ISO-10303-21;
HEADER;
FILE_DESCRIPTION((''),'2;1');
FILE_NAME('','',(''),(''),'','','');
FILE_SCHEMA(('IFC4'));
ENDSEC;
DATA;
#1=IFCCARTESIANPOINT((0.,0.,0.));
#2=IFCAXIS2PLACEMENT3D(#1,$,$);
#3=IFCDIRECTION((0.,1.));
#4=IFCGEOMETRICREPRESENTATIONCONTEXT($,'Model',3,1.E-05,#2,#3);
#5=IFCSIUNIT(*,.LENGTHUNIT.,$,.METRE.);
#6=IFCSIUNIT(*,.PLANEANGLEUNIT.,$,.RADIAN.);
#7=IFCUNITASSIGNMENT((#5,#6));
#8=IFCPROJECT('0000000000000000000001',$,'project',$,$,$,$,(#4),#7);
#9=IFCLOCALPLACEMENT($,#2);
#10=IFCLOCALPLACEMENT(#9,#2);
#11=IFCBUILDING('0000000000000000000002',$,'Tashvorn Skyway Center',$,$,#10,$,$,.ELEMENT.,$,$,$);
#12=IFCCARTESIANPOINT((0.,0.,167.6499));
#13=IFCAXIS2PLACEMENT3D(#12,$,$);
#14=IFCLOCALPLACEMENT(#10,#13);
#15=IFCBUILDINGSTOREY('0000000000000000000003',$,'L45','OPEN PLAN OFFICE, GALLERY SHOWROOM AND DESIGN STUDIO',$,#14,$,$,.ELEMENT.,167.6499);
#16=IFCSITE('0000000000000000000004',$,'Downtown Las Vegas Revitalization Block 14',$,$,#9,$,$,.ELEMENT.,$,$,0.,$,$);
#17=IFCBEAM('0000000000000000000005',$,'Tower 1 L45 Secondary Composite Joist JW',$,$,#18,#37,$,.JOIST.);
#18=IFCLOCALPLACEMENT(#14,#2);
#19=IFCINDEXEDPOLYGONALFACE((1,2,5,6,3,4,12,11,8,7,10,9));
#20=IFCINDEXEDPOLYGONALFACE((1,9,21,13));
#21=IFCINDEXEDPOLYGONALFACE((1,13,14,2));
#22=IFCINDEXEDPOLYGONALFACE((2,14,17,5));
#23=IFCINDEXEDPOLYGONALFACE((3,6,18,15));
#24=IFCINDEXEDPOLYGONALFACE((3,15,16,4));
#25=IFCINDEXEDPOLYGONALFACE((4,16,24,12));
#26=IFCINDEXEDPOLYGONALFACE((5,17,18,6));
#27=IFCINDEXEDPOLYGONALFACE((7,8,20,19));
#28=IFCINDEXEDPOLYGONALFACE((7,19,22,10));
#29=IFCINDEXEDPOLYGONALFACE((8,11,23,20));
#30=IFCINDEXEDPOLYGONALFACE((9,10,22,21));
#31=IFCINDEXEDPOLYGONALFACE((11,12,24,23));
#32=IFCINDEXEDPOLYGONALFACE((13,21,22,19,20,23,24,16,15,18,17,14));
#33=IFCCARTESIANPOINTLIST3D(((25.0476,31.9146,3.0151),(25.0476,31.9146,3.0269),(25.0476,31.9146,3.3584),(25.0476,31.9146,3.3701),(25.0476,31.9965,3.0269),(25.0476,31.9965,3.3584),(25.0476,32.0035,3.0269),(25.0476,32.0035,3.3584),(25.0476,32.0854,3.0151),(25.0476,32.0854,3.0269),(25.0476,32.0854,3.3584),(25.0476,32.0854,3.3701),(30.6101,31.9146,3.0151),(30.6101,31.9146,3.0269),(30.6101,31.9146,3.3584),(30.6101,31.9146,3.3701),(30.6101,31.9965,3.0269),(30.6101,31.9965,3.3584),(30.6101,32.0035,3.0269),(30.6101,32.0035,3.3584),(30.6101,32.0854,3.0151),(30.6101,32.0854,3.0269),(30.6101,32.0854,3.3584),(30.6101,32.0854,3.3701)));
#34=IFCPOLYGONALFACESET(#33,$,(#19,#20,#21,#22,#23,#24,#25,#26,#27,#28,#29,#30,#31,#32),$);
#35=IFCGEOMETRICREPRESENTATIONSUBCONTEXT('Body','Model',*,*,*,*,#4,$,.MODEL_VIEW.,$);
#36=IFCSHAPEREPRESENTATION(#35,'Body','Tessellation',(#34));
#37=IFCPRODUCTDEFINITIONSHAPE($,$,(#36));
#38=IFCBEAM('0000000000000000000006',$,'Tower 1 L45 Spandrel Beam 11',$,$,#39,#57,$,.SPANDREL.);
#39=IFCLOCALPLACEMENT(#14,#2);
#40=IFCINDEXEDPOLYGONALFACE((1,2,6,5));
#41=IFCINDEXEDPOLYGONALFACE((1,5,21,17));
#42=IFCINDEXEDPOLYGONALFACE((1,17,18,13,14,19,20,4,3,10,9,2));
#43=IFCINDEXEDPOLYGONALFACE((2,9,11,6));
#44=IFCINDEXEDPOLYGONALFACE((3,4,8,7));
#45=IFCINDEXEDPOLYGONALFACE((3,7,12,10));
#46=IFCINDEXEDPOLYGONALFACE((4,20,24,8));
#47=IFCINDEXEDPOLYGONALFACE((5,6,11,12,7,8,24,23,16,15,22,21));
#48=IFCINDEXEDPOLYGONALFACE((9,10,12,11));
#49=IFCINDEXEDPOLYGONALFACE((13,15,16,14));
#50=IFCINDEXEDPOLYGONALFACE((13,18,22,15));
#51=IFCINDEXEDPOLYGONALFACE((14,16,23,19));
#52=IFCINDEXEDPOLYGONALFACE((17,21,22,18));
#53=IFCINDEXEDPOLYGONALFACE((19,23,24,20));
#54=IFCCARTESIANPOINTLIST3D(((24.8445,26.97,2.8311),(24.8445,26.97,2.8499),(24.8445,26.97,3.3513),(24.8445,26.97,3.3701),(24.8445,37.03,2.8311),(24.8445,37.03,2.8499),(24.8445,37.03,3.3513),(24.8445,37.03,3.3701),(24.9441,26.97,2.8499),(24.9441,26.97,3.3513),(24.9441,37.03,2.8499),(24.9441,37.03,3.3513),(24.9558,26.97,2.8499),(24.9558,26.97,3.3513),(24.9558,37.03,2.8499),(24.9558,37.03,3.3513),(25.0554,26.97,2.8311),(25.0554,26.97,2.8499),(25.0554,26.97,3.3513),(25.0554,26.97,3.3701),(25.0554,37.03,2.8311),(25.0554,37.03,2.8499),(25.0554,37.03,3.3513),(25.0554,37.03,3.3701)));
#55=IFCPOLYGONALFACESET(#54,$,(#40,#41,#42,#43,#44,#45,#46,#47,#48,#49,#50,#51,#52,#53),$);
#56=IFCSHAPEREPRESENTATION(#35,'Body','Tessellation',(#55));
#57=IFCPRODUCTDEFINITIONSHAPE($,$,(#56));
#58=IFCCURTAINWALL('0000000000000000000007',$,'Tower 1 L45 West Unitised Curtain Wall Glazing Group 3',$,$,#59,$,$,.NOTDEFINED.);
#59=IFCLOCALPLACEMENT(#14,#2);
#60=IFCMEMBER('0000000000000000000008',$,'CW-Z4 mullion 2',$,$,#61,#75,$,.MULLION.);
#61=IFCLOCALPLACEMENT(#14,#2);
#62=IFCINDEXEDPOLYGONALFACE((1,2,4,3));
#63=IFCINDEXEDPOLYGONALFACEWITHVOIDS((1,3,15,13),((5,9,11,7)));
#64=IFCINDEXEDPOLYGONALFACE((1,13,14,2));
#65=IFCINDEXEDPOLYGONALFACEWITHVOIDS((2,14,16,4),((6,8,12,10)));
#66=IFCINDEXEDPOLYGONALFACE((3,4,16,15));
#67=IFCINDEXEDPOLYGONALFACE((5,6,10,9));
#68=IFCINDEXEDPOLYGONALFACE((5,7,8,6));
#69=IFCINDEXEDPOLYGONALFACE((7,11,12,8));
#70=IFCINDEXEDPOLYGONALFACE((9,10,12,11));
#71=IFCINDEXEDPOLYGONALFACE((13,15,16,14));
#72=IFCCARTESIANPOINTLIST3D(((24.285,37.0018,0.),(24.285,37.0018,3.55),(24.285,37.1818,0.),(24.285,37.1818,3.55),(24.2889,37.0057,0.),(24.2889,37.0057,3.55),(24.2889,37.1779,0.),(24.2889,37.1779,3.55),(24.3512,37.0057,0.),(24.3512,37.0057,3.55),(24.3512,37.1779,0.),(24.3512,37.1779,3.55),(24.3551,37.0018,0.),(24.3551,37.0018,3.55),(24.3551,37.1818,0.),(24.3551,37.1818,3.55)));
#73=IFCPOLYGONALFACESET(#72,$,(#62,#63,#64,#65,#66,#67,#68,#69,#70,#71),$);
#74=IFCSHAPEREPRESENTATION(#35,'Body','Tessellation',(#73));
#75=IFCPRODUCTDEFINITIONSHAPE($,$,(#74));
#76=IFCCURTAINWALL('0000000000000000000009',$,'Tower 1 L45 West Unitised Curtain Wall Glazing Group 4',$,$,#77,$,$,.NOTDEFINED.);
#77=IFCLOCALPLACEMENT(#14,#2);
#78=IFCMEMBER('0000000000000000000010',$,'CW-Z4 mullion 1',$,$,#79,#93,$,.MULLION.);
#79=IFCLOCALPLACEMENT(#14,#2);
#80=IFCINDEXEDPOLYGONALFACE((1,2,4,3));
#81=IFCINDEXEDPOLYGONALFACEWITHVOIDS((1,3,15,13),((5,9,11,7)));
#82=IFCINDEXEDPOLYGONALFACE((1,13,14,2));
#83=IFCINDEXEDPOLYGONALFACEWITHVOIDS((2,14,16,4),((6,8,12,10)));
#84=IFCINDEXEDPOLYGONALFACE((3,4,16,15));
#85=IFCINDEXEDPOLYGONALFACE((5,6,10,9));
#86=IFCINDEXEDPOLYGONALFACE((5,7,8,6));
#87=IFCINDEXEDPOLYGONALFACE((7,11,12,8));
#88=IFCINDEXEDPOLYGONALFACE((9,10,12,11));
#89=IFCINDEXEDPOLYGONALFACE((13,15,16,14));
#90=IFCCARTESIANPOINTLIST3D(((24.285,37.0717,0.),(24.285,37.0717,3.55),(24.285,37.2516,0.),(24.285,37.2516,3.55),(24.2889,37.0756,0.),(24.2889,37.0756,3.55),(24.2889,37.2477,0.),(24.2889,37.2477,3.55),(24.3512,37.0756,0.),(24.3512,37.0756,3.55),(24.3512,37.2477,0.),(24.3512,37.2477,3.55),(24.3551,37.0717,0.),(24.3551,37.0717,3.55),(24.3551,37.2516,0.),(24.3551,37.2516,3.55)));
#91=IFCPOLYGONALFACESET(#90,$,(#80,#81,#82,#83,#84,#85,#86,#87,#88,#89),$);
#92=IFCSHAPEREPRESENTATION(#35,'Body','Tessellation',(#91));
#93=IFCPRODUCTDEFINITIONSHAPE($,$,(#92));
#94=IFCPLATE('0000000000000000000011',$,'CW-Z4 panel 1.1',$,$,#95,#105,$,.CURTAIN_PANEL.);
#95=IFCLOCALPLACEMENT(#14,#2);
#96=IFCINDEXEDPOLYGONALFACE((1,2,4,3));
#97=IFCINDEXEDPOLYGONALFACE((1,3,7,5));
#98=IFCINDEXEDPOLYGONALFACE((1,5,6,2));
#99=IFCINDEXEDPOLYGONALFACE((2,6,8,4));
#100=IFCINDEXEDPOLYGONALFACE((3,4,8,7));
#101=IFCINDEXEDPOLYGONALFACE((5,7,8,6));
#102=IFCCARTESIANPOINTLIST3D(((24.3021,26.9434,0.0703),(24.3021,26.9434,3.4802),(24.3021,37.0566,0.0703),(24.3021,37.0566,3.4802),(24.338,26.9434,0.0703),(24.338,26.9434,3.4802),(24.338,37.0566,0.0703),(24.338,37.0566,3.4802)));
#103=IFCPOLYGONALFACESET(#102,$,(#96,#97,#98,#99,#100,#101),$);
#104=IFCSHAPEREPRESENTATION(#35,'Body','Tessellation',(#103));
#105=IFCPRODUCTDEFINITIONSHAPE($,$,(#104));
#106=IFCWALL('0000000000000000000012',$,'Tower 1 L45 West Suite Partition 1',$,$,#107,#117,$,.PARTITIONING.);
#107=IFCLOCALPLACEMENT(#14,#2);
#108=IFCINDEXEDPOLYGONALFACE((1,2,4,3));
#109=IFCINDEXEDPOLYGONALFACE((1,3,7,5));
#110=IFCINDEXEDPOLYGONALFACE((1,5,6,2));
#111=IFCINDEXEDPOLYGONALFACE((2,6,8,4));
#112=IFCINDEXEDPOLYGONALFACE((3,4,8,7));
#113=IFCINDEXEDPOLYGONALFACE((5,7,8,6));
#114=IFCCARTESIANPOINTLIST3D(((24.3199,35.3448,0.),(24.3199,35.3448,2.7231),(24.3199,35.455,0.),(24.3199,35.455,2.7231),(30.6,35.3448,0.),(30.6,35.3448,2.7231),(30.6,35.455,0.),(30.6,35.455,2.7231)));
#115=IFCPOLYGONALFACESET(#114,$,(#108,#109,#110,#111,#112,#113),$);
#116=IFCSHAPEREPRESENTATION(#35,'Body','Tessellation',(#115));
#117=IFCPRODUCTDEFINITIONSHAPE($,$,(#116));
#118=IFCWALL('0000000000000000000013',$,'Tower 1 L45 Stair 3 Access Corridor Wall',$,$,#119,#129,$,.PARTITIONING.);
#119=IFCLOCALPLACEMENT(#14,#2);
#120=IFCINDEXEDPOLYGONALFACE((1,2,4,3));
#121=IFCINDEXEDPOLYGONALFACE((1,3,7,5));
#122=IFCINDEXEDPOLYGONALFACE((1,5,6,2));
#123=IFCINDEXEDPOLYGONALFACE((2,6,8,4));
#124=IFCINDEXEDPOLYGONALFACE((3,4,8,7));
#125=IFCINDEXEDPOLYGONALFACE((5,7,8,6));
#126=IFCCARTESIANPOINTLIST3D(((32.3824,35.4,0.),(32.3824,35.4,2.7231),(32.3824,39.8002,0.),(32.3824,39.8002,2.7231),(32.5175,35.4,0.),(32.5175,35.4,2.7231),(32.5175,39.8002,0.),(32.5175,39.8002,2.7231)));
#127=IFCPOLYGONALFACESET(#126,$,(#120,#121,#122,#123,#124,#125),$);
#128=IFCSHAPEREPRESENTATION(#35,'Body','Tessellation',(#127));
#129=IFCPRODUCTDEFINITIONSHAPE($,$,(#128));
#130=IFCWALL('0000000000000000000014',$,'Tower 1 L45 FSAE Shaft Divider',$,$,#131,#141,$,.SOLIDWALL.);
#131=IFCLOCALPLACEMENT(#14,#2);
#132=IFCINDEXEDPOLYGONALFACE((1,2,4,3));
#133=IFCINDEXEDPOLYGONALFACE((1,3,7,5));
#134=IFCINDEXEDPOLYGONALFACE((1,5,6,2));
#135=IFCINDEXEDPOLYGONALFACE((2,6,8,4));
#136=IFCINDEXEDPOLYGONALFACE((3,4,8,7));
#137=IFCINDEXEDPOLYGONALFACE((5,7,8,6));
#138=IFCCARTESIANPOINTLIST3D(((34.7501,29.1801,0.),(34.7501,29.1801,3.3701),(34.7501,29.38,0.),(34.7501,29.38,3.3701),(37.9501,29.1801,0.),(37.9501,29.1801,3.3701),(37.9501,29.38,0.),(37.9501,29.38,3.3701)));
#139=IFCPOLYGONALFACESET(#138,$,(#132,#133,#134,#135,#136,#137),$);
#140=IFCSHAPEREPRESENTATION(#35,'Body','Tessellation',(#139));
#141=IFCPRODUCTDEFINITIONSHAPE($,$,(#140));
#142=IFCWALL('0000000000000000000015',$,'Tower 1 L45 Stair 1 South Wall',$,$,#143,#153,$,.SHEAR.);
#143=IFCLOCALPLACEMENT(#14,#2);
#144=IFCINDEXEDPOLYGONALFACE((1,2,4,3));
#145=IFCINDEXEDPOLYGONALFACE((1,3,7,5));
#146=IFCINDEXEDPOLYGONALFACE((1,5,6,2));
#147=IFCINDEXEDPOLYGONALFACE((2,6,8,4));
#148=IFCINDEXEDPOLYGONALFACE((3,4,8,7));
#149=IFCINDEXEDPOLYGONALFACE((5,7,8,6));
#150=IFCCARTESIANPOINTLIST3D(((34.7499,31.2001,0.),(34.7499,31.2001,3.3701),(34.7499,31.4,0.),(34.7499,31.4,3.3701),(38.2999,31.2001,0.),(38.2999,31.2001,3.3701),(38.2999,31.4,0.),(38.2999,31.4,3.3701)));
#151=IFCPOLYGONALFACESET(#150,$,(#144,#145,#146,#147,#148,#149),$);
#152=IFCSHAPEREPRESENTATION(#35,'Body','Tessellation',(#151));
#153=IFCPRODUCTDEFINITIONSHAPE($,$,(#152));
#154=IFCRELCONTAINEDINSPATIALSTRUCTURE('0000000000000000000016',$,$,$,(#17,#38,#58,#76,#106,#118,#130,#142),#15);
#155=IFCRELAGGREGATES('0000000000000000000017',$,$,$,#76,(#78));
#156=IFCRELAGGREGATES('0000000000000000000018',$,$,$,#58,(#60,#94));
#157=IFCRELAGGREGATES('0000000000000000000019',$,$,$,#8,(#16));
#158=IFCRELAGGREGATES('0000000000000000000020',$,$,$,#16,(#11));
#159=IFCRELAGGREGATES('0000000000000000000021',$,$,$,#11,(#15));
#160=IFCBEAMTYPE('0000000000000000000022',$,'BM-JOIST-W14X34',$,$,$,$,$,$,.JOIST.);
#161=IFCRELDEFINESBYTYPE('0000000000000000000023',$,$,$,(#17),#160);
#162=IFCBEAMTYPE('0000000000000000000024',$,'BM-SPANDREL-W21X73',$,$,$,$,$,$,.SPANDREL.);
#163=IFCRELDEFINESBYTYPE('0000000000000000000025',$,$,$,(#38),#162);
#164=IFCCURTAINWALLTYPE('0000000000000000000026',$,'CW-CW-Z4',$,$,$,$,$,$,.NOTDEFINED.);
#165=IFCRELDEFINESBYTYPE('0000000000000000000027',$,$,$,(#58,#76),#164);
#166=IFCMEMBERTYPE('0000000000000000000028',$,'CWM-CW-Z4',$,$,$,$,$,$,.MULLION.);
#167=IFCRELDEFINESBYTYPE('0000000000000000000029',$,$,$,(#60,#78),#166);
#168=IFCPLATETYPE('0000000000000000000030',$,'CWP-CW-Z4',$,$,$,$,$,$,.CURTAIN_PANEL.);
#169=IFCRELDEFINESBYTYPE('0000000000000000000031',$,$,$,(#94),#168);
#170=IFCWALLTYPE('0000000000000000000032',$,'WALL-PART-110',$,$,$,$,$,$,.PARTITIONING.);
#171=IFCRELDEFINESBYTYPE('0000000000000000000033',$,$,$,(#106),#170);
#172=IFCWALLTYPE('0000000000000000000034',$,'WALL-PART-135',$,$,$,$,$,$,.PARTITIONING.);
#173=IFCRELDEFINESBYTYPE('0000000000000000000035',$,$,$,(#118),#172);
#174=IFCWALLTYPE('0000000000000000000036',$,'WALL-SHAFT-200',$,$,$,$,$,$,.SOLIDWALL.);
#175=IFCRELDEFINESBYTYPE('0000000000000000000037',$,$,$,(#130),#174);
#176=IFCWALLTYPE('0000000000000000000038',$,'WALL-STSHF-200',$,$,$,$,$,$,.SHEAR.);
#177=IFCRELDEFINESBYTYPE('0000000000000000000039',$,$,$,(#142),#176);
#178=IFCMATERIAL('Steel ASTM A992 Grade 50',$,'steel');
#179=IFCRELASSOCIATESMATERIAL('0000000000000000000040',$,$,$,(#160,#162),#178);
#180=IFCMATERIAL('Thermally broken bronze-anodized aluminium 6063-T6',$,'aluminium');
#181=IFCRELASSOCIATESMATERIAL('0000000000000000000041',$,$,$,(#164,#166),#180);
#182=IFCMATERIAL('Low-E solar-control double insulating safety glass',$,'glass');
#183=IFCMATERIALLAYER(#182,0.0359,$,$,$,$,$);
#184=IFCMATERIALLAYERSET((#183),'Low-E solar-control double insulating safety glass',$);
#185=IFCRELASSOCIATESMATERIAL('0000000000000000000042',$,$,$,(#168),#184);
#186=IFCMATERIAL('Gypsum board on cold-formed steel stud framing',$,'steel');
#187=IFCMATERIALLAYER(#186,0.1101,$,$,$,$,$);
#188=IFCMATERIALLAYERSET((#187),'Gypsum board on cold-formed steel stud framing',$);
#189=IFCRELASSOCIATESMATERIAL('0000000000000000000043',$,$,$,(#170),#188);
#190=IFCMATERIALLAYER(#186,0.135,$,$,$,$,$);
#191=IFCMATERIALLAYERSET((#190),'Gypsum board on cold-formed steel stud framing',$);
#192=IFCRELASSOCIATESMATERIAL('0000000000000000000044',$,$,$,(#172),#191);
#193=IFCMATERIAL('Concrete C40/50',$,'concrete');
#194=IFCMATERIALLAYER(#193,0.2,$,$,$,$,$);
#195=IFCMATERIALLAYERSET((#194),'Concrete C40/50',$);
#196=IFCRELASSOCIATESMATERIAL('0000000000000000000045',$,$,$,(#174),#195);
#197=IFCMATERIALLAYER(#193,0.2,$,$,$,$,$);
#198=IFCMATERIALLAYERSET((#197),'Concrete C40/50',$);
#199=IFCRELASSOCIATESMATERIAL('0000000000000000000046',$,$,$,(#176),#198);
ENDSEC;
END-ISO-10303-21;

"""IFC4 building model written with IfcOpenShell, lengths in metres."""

from ifc_helpers import new_model, si_unit, direction, frame, frame_2d, origin, origin_2d, place, context, subcontext, project, spatial, rectangle, hollow_rectangle, i_section, extrude, material, layer, layer_set, material_profile, profile_set, type_object, element, aggregate, save


model = new_model("IFC4")

# Units and contexts
model_context = context("Model", 3, precision=1e-05, world=origin(), true_north=direction((0.0, 1.0)))
body_context = subcontext(model_context, "Body", "Model", "MODEL_VIEW")
ifc_project = project(units=[si_unit("LENGTHUNIT", "METRE"), si_unit("PLANEANGLEUNIT", "RADIAN")], contexts=[model_context])

# Site, building, storey
site_placement = place(None, origin())
site = spatial("IfcSite", under=ifc_project, at=site_placement, Name="Downtown Las Vegas Revitalization Block 14", CompositionType="ELEMENT", RefElevation=0.0)
building_placement = place(site_placement, origin())
building = spatial("IfcBuilding", under=site, at=building_placement, Name="Tashvorn Skyway Center", CompositionType="ELEMENT")
storey_placement = place(building_placement, frame((0.0, 0.0, 167.6499)))
storey = spatial("IfcBuildingStorey", under=building, at=storey_placement, Name="L45", Description="OPEN PLAN OFFICE, GALLERY SHOWROOM AND DESIGN STUDIO", CompositionType="ELEMENT", Elevation=167.6499)

# Beams
ifc_material_1 = material(Name="Steel ASTM A992 Grade 50", Category="steel")
ifc_material_profile_1 = material_profile(ifc_material_1, i_section(OverallWidth=0.1709, OverallDepth=0.355, WebThickness=0.0071, FlangeThickness=0.0117, at=origin_2d()), Name="W14X34")
ifc_profile_set_1 = profile_set([ifc_material_profile_1], Name="Steel ASTM A992 Grade 50")
beam_type_1 = type_object("IfcBeamType", Name="BM-JOIST-W14X34", PredefinedType="JOIST", material=ifc_profile_set_1)
beam_1_placement = place(storey_placement, frame((30.6101, 32.0, 3.1926), z_axis=(-1.0, 0.0, 0.0), x_axis=(0.0, -1.0, 0.0)))
element("IfcBeam", 1, at=beam_1_placement, inside=storey, type_object=beam_type_1, Name="Tower 1 L45 Secondary Composite Joist JW", PredefinedType="JOIST", context=body_context, shape_type="SweptSolid", body=[
    extrude(i_section(OverallWidth=0.1709, OverallDepth=0.355, WebThickness=0.0071, FlangeThickness=0.0117, at=origin_2d()), origin(), (0.0, 0.0, 1.0), 5.5625),
])
ifc_material_profile_2 = material_profile(ifc_material_1, i_section(OverallWidth=0.2109, OverallDepth=0.5391, WebThickness=0.0117, FlangeThickness=0.0188, at=origin_2d()), Name="W21X73")
ifc_profile_set_2 = profile_set([ifc_material_profile_2], Name="Steel ASTM A992 Grade 50")
beam_type_2 = type_object("IfcBeamType", Name="BM-SPANDREL-W21X73", PredefinedType="SPANDREL", material=ifc_profile_set_2)
beam_2_placement = place(storey_placement, frame((24.95, 37.03, 3.1006), z_axis=(0.0, -1.0, 0.0), x_axis=(1.0, 0.0, 0.0)))
element("IfcBeam", 2, at=beam_2_placement, inside=storey, type_object=beam_type_2, Name="Tower 1 L45 Spandrel Beam 11", PredefinedType="SPANDREL", context=body_context, shape_type="SweptSolid", body=[
    extrude(i_section(OverallWidth=0.2109, OverallDepth=0.5391, WebThickness=0.0117, FlangeThickness=0.0188, at=origin_2d()), origin(), (0.0, 0.0, 1.0), 10.0601),
])

# Curtain walls, members
ifc_material_2 = material(Name="Thermally broken bronze-anodized aluminium 6063-T6", Category="aluminium")
curtain_wall_type = type_object("IfcCurtainWallType", Name="CW-CW-Z4", PredefinedType="NOTDEFINED", material=ifc_material_2)
curtain_wall_1_placement = place(storey_placement, origin())
curtain_wall_1 = element("IfcCurtainWall", 3, at=curtain_wall_1_placement, inside=storey, type_object=curtain_wall_type, Name="Tower 1 L45 West Unitised Curtain Wall Glazing Group 3", PredefinedType="NOTDEFINED")
ifc_material_profile_3 = material_profile(ifc_material_2, hollow_rectangle(XDim=0.0701, YDim=0.1799, WallThickness=0.0039, at=origin_2d()), Name="ALU-MULL-70x180")
ifc_profile_set_3 = profile_set([ifc_material_profile_3], Name="Thermally broken bronze-anodized aluminium 6063-T6")
member_type = type_object("IfcMemberType", Name="CWM-CW-Z4", PredefinedType="MULLION", material=ifc_profile_set_3)
member_1_placement = place(storey_placement, frame((24.3201, 37.0918, 0.0), z_axis=(0.0, 0.0, 1.0), x_axis=(-1.0, 0.0, 0.0)))
member_1 = element("IfcMember", 4, at=member_1_placement, type_object=member_type, Name="CW-Z4 mullion 2", PredefinedType="MULLION", context=body_context, shape_type="SweptSolid", body=[
    extrude(hollow_rectangle(XDim=0.0701, YDim=0.1799, WallThickness=0.0039, at=origin_2d()), origin(), (0.0, 0.0, 1.0), 3.55),
])
curtain_wall_2_placement = place(storey_placement, origin())
curtain_wall_2 = element("IfcCurtainWall", 5, at=curtain_wall_2_placement, inside=storey, type_object=curtain_wall_type, Name="Tower 1 L45 West Unitised Curtain Wall Glazing Group 4", PredefinedType="NOTDEFINED")
member_2_placement = place(storey_placement, frame((24.3201, 37.1616, 0.0), z_axis=(0.0, 0.0, 1.0), x_axis=(-1.0, 0.0, 0.0)))
member_2 = element("IfcMember", 6, at=member_2_placement, type_object=member_type, Name="CW-Z4 mullion 1", PredefinedType="MULLION", context=body_context, shape_type="SweptSolid", body=[
    extrude(hollow_rectangle(XDim=0.0701, YDim=0.1799, WallThickness=0.0039, at=origin_2d()), origin(), (0.0, 0.0, 1.0), 3.55),
])
aggregate(curtain_wall_2, [member_2])

# Plate
ifc_material_3 = material(Name="Low-E solar-control double insulating safety glass", Category="glass")
ifc_layer_1 = layer(ifc_material_3, 0.0359)
ifc_layer_set_1 = layer_set([ifc_layer_1], Name="Low-E solar-control double insulating safety glass")
plate_type = type_object("IfcPlateType", Name="CWP-CW-Z4", PredefinedType="CURTAIN_PANEL", material=ifc_layer_set_1)
plate_placement = place(storey_placement, frame((24.3201, 32.0, 0.0703), z_axis=(0.0, 0.0, 1.0), x_axis=(0.0, 1.0, 0.0)))
plate = element("IfcPlate", 7, at=plate_placement, type_object=plate_type, Name="CW-Z4 panel 1.1", PredefinedType="CURTAIN_PANEL", context=body_context, shape_type="SweptSolid", body=[
    extrude(rectangle(XDim=10.1133, YDim=0.0359, at=origin_2d()), origin(), (0.0, 0.0, 1.0), 3.4099),
])
aggregate(curtain_wall_1, [member_1, plate])

# Walls
ifc_material_4 = material(Name="Gypsum board on cold-formed steel stud framing", Category="steel")
ifc_layer_2 = layer(ifc_material_4, 0.1101)
ifc_layer_set_2 = layer_set([ifc_layer_2], Name="Gypsum board on cold-formed steel stud framing")
wall_type_1 = type_object("IfcWallType", Name="WALL-PART-110", PredefinedType="PARTITIONING", material=ifc_layer_set_2)
wall_1_placement = place(storey_placement, frame((30.6001, 35.3999, 0.0), z_axis=(0.0, 0.0, 1.0), x_axis=(-1.0, 0.0, 0.0)))
element("IfcWall", 8, at=wall_1_placement, inside=storey, type_object=wall_type_1, Name="Tower 1 L45 West Suite Partition 1", PredefinedType="PARTITIONING", context=body_context, shape_type="SweptSolid", body=[
    extrude(rectangle(XDim=6.28, YDim=0.1101, at=frame_2d((3.1401, 0.0))), origin(), (0.0, 0.0, 1.0), 2.7231),
])
ifc_layer_3 = layer(ifc_material_4, 0.135)
ifc_layer_set_3 = layer_set([ifc_layer_3], Name="Gypsum board on cold-formed steel stud framing")
wall_type_2 = type_object("IfcWallType", Name="WALL-PART-135", PredefinedType="PARTITIONING", material=ifc_layer_set_3)
wall_2_placement = place(storey_placement, frame((32.45, 35.3999, 0.0), z_axis=(0.0, 0.0, 1.0), x_axis=(0.0, 1.0, 0.0)))
element("IfcWall", 9, at=wall_2_placement, inside=storey, type_object=wall_type_2, Name="Tower 1 L45 Stair 3 Access Corridor Wall", PredefinedType="PARTITIONING", context=body_context, shape_type="SweptSolid", body=[
    extrude(rectangle(XDim=4.4001, YDim=0.135, at=frame_2d((2.2002, 0.0))), origin(), (0.0, 0.0, 1.0), 2.7231),
])
ifc_material_5 = material(Name="Concrete C40/50", Category="concrete")
ifc_layer_4 = layer(ifc_material_5, 0.2)
ifc_layer_set_4 = layer_set([ifc_layer_4], Name="Concrete C40/50")
wall_type_3 = type_object("IfcWallType", Name="WALL-SHAFT-200", PredefinedType="SOLIDWALL", material=ifc_layer_set_4)
wall_3_placement = place(storey_placement, frame((34.75, 29.28, 0.0), z_axis=(0.0, 0.0, 1.0), x_axis=(1.0, 0.0, 0.0)))
element("IfcWall", 10, at=wall_3_placement, inside=storey, type_object=wall_type_3, Name="Tower 1 L45 FSAE Shaft Divider", PredefinedType="SOLIDWALL", context=body_context, shape_type="SweptSolid", body=[
    extrude(rectangle(XDim=3.2, YDim=0.2, at=frame_2d((1.6001, 0.0))), origin(), (0.0, 0.0, 1.0), 3.3701),
])
ifc_layer_5 = layer(ifc_material_5, 0.2)
ifc_layer_set_5 = layer_set([ifc_layer_5], Name="Concrete C40/50")
wall_type_4 = type_object("IfcWallType", Name="WALL-STSHF-200", PredefinedType="SHEAR", material=ifc_layer_set_5)
wall_4_placement = place(storey_placement, frame((34.75, 31.3, 0.0), z_axis=(0.0, 0.0, 1.0), x_axis=(1.0, 0.0, 0.0)))
element("IfcWall", 11, at=wall_4_placement, inside=storey, type_object=wall_type_4, Name="Tower 1 L45 Stair 1 South Wall", PredefinedType="SHEAR", context=body_context, shape_type="SweptSolid", body=[
    extrude(rectangle(XDim=3.55, YDim=0.2, at=frame_2d((1.7749, 0.0))), origin(), (0.0, 0.0, 1.0), 3.3701),
])

save(model, "model.ifc")
